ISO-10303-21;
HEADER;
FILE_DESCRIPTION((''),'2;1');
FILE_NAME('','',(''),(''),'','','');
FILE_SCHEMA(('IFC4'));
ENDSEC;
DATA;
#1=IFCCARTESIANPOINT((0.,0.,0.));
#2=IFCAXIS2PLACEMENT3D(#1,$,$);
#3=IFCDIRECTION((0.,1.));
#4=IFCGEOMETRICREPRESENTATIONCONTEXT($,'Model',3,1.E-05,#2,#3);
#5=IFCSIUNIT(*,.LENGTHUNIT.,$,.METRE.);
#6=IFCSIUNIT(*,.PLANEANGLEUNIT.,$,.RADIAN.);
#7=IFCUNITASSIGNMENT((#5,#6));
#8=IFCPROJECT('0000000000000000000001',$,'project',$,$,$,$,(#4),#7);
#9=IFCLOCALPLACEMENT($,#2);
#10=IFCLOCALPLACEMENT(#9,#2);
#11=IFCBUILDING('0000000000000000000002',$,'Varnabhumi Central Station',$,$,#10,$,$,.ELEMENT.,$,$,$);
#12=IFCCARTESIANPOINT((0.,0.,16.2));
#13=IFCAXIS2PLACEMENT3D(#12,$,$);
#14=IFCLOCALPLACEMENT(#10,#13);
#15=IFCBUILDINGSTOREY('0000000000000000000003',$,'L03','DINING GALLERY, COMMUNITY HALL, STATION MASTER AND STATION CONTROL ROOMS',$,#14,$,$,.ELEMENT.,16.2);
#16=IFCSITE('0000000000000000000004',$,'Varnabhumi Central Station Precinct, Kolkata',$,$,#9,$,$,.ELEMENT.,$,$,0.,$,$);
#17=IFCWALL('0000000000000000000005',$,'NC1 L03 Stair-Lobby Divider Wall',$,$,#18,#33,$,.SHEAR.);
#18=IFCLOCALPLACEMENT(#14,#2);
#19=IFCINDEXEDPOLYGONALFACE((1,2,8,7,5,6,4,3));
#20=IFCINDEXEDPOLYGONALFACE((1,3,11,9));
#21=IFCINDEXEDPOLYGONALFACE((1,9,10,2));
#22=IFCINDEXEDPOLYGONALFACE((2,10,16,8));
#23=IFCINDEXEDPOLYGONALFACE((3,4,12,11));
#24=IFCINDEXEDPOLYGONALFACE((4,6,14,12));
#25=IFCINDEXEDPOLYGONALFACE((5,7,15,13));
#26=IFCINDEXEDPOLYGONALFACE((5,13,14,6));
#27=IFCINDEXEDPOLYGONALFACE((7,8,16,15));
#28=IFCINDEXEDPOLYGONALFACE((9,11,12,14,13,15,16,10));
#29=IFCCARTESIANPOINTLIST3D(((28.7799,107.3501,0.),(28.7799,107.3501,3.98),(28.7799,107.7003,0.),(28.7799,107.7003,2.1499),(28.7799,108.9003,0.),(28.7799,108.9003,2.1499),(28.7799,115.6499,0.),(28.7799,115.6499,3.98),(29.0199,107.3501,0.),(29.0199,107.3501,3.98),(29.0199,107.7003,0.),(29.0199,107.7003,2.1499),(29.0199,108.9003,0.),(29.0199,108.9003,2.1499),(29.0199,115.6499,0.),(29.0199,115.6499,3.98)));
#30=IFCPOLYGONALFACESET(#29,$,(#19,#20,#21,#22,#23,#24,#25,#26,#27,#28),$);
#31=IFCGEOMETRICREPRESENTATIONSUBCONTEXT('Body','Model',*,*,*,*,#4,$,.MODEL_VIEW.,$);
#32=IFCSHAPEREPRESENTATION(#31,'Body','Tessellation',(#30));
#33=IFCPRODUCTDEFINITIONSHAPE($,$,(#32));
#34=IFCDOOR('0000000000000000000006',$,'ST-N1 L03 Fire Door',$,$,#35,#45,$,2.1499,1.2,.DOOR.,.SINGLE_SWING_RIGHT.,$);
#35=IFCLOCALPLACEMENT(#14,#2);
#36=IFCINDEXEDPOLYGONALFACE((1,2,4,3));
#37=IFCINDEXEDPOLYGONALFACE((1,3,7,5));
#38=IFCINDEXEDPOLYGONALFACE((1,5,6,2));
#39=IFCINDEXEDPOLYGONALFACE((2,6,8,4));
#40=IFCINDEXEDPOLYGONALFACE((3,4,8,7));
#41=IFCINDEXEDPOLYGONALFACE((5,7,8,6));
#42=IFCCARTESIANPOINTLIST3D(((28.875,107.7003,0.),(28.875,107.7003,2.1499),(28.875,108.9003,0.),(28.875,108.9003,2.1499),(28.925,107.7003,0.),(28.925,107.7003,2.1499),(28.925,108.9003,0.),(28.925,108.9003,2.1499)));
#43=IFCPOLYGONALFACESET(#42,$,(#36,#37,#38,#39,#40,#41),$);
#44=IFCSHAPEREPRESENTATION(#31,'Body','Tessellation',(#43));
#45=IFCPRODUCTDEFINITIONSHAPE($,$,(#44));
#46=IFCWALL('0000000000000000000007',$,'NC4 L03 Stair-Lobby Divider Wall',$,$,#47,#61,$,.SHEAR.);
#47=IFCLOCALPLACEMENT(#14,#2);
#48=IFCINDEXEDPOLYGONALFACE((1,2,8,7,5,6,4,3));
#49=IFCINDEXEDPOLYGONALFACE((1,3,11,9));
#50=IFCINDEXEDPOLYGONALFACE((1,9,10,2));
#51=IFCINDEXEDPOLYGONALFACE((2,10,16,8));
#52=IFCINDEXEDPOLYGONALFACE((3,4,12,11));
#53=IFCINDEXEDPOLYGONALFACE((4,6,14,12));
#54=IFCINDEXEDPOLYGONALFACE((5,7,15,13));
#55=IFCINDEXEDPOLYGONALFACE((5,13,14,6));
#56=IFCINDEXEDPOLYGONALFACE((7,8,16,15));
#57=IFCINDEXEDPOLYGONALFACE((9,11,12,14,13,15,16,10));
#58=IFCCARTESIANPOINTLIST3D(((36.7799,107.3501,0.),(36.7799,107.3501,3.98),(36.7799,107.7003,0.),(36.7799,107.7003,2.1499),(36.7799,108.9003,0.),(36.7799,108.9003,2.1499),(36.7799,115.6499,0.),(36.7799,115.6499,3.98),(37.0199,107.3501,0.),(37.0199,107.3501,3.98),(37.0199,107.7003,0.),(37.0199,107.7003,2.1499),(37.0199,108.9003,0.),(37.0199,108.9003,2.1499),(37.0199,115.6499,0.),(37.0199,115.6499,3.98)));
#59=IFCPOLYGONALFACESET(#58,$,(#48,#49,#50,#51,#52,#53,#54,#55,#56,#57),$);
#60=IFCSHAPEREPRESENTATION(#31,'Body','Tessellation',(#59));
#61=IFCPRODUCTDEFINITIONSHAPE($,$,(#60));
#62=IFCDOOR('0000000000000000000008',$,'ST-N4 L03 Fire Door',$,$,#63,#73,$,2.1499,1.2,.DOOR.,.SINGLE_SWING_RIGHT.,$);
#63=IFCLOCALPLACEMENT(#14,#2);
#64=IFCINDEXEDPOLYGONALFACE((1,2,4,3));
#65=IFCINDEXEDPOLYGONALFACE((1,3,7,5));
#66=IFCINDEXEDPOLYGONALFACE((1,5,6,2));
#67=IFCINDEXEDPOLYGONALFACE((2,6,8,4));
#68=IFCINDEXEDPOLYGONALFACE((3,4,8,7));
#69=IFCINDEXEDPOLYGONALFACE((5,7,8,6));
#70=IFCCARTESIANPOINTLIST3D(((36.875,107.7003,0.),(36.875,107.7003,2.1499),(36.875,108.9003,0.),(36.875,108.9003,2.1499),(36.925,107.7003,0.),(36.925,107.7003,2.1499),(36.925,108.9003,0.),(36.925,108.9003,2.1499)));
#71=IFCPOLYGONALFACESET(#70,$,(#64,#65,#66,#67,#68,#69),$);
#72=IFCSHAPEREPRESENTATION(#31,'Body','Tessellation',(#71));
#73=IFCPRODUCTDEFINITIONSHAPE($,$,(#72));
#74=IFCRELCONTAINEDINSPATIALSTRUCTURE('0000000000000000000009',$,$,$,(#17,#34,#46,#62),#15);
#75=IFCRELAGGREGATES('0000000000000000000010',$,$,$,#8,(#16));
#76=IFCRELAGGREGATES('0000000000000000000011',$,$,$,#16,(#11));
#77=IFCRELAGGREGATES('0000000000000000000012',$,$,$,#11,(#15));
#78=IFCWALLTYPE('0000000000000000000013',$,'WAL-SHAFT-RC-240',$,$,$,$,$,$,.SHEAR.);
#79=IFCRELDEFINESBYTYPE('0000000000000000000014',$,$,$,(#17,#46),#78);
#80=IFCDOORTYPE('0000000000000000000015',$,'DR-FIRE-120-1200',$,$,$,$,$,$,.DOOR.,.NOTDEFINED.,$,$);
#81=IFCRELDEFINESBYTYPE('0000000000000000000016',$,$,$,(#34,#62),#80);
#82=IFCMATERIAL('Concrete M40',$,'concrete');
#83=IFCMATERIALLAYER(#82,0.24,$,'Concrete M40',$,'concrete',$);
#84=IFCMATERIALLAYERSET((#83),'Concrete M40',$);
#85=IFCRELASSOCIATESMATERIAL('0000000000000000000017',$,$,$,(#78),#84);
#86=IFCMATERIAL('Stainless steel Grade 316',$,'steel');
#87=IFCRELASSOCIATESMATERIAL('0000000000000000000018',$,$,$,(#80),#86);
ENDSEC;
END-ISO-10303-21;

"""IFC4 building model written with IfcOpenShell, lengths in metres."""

from ifc_helpers import new_model, si_unit, direction, frame, frame_2d, origin, place, context, subcontext, project, spatial, rectangle, extrude, material, layer, layer_set, type_object, element, fill, save


model = new_model("IFC4")

# Units and contexts
model_context = context("Model", 3, precision=1e-05, world=origin(), true_north=direction((0.0, 1.0)))
body_context = subcontext(model_context, "Body", "Model", "MODEL_VIEW")
ifc_project = project(units=[si_unit("LENGTHUNIT", "METRE"), si_unit("PLANEANGLEUNIT", "RADIAN")], contexts=[model_context])

# Site, building, storey
site_placement = place(None, origin())
site = spatial("IfcSite", under=ifc_project, at=site_placement, Name="Varnabhumi Central Station Precinct, Kolkata", CompositionType="ELEMENT", RefElevation=0.0)
building_placement = place(site_placement, origin())
building = spatial("IfcBuilding", under=site, at=building_placement, Name="Varnabhumi Central Station", CompositionType="ELEMENT")
storey_placement = place(building_placement, frame((0.0, 0.0, 16.2)))
storey = spatial("IfcBuildingStorey", under=building, at=storey_placement, Name="L03", Description="DINING GALLERY, COMMUNITY HALL, STATION MASTER AND STATION CONTROL ROOMS", CompositionType="ELEMENT", Elevation=16.2)

# Shared definitions
ifc_material_1 = material(Name="Concrete M40", Category="concrete")

# Walls, openings, doors
ifc_layer_1 = layer(ifc_material_1, 0.24, Name="Concrete M40", Category="concrete")
ifc_layer_set_1 = layer_set([ifc_layer_1], Name="Concrete M40")
wall_type_1 = type_object("IfcWallType", Name="WAL-SHAFT-RC-240", PredefinedType="SHEAR", material=ifc_layer_set_1)
wall_1_placement = place(storey_placement, frame((28.8999, 107.3501, 0.0), z_axis=(0.0, 0.0, 1.0), x_axis=(0.0, 1.0, 0.0)))
wall_1 = element("IfcWall", 1, at=wall_1_placement, inside=storey, type_object=wall_type_1, Name="NC1 L03 Stair-Lobby Divider Wall", PredefinedType="SHEAR", context=body_context, shape_type="SweptSolid", body=[
    extrude(rectangle(XDim=8.2998, YDim=0.24, at=frame_2d((4.1499, 0.0))), origin(), (0.0, 0.0, 1.0), 3.98),
])
opening_1_placement = place(wall_1_placement, frame((0.3501, 0.0, 0.0)))
opening_1 = element("IfcOpeningElement", 2, at=opening_1_placement, cuts=wall_1, PredefinedType="OPENING", context=body_context, shape_type="SweptSolid", body=[
    extrude(rectangle(XDim=1.2, YDim=2.1499, at=frame_2d((0.6001, 1.075))), frame((0.0, 0.1299, 0.0), z_axis=(0.0, -1.0, 0.0), x_axis=(1.0, 0.0, 0.0)), (0.0, 0.0, 1.0), 0.26),
])
ifc_material_2 = material(Name="Stainless steel Grade 316", Category="steel")
door_type_1 = type_object("IfcDoorType", Name="DR-FIRE-120-1200", OperationType="NOTDEFINED", PredefinedType="DOOR", material=ifc_material_2)
door_1_placement = place(opening_1_placement, origin())
door_1 = element("IfcDoor", 3, at=door_1_placement, inside=storey, type_object=door_type_1, Name="ST-N1 L03 Fire Door", OperationType="SINGLE_SWING_RIGHT", OverallHeight=2.1499, OverallWidth=1.2, PredefinedType="DOOR", context=body_context, shape_type="SweptSolid", body=[
    extrude(rectangle(XDim=1.2, YDim=2.1499, at=frame_2d((0.6001, 1.075))), frame((0.0, 0.0249, 0.0), z_axis=(0.0, -1.0, 0.0), x_axis=(1.0, 0.0, 0.0)), (0.0, 0.0, 1.0), 0.05),
])
fill(opening_1, door_1)
wall_2_placement = place(storey_placement, frame((36.8999, 107.3501, 0.0), z_axis=(0.0, 0.0, 1.0), x_axis=(0.0, 1.0, 0.0)))
wall_2 = element("IfcWall", 4, at=wall_2_placement, inside=storey, type_object=wall_type_1, Name="NC4 L03 Stair-Lobby Divider Wall", PredefinedType="SHEAR", context=body_context, shape_type="SweptSolid", body=[
    extrude(rectangle(XDim=8.2998, YDim=0.24, at=frame_2d((4.1499, 0.0))), origin(), (0.0, 0.0, 1.0), 3.98),
])
opening_2_placement = place(wall_2_placement, frame((0.3501, 0.0, 0.0)))
opening_2 = element("IfcOpeningElement", 5, at=opening_2_placement, cuts=wall_2, PredefinedType="OPENING", context=body_context, shape_type="SweptSolid", body=[
    extrude(rectangle(XDim=1.2, YDim=2.1499, at=frame_2d((0.6001, 1.075))), frame((0.0, 0.1299, 0.0), z_axis=(0.0, -1.0, 0.0), x_axis=(1.0, 0.0, 0.0)), (0.0, 0.0, 1.0), 0.26),
])
door_2_placement = place(opening_2_placement, origin())
door_2 = element("IfcDoor", 6, at=door_2_placement, inside=storey, type_object=door_type_1, Name="ST-N4 L03 Fire Door", OperationType="SINGLE_SWING_RIGHT", OverallHeight=2.1499, OverallWidth=1.2, PredefinedType="DOOR", context=body_context, shape_type="SweptSolid", body=[
    extrude(rectangle(XDim=1.2, YDim=2.1499, at=frame_2d((0.6001, 1.075))), frame((0.0, 0.0249, 0.0), z_axis=(0.0, -1.0, 0.0), x_axis=(1.0, 0.0, 0.0)), (0.0, 0.0, 1.0), 0.05),
])
fill(opening_2, door_2)

save(model, "model.ifc")
